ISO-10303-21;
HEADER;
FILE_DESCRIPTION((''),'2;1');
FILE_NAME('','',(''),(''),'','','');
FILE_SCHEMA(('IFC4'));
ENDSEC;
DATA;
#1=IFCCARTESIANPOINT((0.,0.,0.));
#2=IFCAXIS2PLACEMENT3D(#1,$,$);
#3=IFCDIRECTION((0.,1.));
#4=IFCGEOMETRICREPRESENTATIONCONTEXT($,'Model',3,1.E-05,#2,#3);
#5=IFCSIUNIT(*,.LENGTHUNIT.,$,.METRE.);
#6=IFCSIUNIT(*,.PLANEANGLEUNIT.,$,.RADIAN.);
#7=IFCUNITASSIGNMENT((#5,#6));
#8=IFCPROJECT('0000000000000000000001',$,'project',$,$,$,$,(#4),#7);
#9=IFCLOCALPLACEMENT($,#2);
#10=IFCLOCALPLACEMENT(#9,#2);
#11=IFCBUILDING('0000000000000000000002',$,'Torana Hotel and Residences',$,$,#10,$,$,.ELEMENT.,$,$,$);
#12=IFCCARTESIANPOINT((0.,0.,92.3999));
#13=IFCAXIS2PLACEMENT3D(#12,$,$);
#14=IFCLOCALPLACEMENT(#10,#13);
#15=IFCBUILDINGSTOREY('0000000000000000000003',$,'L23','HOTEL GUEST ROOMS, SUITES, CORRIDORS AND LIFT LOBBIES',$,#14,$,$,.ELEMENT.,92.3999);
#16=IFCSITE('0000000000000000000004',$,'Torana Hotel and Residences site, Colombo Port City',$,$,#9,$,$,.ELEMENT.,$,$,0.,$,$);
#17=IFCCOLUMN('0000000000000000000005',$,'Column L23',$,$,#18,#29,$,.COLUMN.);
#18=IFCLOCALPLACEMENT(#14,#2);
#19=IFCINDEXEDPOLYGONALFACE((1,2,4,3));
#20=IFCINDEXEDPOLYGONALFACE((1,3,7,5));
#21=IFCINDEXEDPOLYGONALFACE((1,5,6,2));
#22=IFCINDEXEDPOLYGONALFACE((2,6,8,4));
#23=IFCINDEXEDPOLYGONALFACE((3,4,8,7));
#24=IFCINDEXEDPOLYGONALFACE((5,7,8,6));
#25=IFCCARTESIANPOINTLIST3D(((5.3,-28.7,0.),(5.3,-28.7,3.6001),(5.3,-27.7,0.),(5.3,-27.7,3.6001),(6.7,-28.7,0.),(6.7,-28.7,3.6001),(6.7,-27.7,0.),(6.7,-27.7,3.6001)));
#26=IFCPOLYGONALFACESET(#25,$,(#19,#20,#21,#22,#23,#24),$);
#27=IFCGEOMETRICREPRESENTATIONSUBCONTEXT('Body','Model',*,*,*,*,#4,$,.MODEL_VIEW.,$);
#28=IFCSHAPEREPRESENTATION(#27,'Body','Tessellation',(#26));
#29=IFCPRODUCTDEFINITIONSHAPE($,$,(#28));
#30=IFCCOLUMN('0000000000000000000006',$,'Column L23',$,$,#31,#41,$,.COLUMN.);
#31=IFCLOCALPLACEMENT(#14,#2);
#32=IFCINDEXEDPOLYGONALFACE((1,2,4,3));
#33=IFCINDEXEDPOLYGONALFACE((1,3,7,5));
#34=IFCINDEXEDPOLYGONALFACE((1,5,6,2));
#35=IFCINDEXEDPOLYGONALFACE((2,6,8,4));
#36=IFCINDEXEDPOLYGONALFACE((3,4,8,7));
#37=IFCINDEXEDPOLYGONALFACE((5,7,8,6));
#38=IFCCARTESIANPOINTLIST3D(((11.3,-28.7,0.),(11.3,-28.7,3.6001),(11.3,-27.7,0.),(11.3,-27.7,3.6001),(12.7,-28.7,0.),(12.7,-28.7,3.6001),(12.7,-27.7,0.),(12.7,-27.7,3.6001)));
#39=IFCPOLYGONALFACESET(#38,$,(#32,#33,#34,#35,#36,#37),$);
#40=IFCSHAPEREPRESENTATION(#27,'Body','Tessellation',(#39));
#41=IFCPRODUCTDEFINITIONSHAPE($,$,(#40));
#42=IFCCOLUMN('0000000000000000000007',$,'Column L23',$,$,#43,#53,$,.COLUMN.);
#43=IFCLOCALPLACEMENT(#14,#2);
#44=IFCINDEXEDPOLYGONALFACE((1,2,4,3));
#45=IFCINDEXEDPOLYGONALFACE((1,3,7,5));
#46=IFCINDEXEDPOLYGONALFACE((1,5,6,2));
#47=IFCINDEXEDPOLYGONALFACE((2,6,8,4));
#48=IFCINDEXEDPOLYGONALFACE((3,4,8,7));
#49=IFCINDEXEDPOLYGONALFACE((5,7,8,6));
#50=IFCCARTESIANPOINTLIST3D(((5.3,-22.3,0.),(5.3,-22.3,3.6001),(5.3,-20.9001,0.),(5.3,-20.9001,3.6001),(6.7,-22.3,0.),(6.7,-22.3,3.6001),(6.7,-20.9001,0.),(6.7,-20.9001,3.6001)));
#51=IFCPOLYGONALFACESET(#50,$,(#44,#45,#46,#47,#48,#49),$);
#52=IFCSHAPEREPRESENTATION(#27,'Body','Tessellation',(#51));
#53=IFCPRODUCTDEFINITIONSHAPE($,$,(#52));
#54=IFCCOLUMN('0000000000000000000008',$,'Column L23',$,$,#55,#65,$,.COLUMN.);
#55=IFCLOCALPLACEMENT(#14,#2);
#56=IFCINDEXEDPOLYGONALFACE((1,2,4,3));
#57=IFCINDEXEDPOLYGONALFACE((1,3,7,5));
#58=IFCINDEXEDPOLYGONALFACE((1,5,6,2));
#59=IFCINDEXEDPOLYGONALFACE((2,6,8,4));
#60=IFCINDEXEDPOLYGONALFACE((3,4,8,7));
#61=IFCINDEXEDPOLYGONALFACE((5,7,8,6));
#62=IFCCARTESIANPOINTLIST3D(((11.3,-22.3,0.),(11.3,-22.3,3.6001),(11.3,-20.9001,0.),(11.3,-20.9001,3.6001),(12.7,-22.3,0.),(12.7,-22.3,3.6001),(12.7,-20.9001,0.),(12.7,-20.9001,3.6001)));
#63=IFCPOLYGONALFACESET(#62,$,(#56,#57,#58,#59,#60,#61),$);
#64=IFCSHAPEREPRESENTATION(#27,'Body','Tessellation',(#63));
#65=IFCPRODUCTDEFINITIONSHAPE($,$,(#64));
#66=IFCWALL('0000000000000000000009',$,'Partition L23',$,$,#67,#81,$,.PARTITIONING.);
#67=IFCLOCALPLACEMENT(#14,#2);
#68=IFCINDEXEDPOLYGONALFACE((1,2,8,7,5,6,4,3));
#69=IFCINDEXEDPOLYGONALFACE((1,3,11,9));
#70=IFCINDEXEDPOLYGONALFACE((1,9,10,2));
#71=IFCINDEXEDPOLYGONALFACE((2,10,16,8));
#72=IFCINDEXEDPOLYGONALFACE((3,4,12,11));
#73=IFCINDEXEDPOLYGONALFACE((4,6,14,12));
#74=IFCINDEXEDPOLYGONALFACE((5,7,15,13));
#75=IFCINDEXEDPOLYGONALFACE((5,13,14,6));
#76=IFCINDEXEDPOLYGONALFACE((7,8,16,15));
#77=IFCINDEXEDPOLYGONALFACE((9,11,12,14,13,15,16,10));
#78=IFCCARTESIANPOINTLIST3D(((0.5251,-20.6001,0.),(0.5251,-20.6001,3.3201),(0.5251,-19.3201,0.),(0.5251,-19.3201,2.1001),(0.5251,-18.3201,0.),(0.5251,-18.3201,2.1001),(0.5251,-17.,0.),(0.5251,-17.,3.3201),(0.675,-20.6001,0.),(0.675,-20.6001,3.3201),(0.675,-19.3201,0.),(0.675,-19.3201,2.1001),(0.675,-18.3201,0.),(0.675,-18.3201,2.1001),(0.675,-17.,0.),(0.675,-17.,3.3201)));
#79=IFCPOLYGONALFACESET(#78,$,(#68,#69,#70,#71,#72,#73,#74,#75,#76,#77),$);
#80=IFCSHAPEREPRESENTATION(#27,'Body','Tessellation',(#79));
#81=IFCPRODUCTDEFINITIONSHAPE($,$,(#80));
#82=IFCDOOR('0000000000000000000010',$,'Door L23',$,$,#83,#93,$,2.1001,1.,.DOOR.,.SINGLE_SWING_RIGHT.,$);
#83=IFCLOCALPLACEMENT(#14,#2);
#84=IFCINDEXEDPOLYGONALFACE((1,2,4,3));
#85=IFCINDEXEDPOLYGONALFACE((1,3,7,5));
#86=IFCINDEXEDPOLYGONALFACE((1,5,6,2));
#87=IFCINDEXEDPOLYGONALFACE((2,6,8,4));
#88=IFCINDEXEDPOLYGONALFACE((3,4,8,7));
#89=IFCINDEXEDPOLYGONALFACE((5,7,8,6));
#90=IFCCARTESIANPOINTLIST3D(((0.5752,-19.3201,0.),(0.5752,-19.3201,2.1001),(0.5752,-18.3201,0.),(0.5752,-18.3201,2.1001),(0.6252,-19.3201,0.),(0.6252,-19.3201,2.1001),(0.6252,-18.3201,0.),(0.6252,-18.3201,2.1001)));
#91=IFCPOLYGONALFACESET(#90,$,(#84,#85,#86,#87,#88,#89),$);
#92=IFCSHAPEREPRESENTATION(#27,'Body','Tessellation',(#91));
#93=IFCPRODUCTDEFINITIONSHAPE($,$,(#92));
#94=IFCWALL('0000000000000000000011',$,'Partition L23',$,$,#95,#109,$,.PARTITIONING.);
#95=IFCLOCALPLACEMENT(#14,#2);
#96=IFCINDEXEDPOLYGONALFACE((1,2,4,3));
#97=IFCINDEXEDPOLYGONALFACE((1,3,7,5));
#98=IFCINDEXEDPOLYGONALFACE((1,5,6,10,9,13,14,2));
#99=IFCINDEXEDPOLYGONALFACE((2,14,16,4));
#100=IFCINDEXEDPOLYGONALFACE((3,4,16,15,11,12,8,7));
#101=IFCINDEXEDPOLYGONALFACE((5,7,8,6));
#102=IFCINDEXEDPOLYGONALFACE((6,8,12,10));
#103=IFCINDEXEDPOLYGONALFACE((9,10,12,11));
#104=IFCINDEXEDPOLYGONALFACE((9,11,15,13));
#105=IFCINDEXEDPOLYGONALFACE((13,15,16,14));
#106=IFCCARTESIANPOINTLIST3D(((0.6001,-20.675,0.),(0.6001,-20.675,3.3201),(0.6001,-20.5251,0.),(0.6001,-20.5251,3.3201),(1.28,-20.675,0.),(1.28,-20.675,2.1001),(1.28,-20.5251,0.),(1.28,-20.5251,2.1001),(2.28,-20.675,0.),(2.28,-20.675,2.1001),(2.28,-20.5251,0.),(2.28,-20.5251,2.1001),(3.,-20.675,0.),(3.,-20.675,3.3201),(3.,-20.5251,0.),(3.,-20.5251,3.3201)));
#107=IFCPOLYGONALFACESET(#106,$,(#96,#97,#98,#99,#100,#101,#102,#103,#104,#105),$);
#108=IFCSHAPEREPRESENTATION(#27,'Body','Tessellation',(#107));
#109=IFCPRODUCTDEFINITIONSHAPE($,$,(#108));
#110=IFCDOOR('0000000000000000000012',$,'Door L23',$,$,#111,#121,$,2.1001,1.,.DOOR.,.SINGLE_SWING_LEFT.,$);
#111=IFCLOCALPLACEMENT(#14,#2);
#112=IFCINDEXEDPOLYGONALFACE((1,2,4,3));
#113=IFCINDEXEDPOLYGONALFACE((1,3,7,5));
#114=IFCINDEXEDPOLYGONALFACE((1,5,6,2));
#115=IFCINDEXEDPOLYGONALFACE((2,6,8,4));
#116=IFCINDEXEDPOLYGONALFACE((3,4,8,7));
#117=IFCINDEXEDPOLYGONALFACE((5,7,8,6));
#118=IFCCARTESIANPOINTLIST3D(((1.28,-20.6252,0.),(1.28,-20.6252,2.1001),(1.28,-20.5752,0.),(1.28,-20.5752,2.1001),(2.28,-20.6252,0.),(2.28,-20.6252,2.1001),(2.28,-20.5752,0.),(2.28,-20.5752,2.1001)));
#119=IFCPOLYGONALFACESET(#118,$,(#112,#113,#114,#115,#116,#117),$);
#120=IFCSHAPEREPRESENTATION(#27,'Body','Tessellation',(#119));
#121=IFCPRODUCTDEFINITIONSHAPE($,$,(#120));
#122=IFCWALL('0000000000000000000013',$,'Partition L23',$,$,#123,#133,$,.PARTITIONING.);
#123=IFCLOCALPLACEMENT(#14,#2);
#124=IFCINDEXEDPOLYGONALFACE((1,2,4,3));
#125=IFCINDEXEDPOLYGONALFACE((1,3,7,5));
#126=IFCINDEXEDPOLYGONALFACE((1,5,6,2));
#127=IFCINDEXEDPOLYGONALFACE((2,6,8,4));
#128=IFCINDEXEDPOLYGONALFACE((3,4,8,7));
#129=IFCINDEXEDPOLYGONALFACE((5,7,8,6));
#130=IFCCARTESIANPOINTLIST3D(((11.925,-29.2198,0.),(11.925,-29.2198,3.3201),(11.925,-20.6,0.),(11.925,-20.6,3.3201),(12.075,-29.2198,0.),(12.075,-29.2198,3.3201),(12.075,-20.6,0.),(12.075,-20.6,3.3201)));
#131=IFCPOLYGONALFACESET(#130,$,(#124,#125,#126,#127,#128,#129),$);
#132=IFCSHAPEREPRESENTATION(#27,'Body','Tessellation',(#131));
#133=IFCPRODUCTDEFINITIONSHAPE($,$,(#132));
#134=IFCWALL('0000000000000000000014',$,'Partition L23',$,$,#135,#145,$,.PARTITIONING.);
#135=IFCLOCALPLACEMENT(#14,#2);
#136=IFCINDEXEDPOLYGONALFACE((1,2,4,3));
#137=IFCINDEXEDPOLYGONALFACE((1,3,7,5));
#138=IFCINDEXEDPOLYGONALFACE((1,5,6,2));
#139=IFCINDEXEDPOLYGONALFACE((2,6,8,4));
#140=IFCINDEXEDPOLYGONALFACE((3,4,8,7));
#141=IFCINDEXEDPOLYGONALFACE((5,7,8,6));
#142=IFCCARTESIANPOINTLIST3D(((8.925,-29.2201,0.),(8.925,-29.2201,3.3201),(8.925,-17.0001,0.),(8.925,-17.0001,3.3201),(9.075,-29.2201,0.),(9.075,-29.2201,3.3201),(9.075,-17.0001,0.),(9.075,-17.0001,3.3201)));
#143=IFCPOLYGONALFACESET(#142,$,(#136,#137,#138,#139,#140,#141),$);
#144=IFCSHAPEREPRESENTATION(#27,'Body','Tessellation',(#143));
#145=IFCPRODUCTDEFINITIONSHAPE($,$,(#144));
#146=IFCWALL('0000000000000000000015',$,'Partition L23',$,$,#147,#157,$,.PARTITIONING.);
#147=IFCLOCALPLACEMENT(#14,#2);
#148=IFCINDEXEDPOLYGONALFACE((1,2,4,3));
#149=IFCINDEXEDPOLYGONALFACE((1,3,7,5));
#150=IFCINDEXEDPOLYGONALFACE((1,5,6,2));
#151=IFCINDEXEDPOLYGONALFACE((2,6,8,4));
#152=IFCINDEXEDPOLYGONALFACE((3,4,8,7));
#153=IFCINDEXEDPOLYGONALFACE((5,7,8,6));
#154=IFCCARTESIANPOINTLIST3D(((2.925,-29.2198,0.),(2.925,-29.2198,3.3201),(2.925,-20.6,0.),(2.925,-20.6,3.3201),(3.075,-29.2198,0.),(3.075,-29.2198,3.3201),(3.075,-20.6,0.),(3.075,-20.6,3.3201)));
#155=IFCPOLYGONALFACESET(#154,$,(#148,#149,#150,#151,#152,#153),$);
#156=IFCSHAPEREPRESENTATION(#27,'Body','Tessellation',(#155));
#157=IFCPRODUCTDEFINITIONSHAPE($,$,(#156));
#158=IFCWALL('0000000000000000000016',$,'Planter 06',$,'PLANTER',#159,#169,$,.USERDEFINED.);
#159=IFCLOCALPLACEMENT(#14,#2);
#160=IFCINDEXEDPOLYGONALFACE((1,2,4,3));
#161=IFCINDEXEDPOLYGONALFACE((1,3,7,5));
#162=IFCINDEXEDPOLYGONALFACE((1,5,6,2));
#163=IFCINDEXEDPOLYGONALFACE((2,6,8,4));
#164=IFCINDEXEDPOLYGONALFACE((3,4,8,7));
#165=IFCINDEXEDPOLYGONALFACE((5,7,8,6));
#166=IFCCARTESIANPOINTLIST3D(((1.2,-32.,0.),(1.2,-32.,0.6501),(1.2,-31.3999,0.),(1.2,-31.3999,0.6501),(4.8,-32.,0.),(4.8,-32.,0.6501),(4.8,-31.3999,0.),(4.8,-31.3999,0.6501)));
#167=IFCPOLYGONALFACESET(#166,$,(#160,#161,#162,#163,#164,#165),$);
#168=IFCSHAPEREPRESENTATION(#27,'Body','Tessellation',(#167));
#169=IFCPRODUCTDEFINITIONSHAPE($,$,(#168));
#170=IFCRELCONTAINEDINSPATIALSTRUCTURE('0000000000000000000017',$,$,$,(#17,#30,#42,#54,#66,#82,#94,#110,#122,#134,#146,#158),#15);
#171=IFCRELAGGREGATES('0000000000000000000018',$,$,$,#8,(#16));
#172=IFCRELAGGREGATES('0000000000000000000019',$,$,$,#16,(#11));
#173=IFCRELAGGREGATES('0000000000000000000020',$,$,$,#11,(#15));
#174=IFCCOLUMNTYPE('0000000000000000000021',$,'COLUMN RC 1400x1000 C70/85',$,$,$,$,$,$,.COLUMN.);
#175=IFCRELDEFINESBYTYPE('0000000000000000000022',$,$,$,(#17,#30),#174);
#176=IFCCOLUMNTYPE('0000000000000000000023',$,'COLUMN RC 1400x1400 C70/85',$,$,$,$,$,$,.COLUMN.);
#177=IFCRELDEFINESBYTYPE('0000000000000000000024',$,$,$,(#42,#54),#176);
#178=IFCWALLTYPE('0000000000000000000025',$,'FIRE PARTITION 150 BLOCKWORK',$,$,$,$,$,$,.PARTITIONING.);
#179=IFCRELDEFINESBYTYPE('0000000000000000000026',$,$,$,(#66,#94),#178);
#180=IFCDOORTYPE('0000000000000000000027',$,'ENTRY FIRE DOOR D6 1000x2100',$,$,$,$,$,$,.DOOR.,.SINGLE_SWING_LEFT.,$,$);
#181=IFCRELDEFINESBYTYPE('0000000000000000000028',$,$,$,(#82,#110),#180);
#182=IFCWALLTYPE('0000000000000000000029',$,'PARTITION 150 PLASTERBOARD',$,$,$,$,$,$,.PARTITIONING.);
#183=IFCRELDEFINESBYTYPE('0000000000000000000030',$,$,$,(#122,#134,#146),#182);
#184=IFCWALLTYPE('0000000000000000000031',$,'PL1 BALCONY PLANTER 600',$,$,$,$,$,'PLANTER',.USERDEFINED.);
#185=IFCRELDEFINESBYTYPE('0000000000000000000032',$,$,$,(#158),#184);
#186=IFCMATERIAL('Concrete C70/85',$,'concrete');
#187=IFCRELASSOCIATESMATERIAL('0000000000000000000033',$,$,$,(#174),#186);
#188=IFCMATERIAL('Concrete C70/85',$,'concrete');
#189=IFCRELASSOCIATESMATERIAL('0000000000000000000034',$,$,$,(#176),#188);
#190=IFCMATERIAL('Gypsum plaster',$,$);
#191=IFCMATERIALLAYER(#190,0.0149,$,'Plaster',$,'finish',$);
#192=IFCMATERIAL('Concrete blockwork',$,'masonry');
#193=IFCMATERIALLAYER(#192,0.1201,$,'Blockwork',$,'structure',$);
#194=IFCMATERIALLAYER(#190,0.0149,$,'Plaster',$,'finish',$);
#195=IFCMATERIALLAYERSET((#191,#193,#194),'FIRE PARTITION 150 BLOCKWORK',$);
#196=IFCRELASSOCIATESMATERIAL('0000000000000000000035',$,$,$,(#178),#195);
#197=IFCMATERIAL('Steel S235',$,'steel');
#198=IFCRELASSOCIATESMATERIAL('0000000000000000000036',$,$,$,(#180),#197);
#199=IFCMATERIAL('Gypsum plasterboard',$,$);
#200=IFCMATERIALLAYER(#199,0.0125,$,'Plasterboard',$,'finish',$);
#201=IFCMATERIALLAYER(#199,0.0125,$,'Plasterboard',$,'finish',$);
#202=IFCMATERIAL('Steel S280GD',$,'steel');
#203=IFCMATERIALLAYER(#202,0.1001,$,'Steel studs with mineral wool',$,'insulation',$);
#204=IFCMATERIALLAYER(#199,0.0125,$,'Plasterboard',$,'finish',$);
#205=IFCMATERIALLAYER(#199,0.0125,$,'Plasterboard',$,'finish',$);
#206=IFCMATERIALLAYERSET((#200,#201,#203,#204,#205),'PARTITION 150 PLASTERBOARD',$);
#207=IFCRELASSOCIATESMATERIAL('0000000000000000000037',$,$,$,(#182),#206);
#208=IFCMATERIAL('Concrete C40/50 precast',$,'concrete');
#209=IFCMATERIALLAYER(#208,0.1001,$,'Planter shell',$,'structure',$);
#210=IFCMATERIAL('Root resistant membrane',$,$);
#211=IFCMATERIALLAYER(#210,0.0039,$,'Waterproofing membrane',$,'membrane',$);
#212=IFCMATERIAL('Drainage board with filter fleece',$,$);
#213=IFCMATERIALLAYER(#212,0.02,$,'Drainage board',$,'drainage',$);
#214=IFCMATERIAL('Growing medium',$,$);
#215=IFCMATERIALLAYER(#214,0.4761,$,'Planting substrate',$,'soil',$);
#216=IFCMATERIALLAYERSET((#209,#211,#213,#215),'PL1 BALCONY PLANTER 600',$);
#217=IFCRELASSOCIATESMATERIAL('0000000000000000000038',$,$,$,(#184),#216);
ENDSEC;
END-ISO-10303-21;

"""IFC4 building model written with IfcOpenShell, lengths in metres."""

from ifc_helpers import new_model, si_unit, direction, frame, frame_2d, origin, origin_2d, place, context, subcontext, project, spatial, rectangle, extrude, material, layer, layer_set, material_profile, profile_set, type_object, element, fill, save


model = new_model("IFC4")

# Units and contexts
model_context = context("Model", 3, precision=1e-05, world=origin(), true_north=direction((0.0, 1.0)))
body_context = subcontext(model_context, "Body", "Model", "MODEL_VIEW")
ifc_project = project(units=[si_unit("LENGTHUNIT", "METRE"), si_unit("PLANEANGLEUNIT", "RADIAN")], contexts=[model_context])

# Site, building, storey
site_placement = place(None, origin())
site = spatial("IfcSite", under=ifc_project, at=site_placement, Name="Torana Hotel and Residences site, Colombo Port City", CompositionType="ELEMENT", RefElevation=0.0)
building_placement = place(site_placement, origin())
building = spatial("IfcBuilding", under=site, at=building_placement, Name="Torana Hotel and Residences", CompositionType="ELEMENT")
storey_placement = place(building_placement, frame((0.0, 0.0, 92.3999)))
storey = spatial("IfcBuildingStorey", under=building, at=storey_placement, Name="L23", Description="HOTEL GUEST ROOMS, SUITES, CORRIDORS AND LIFT LOBBIES", CompositionType="ELEMENT", Elevation=92.3999)

# Columns
ifc_material_1 = material(Name="Concrete C70/85", Category="concrete")
ifc_material_profile_1 = material_profile(ifc_material_1, rectangle(XDim=1.3999, YDim=1.0, at=origin_2d()), Name="RC 1400x1000")
ifc_profile_set_1 = profile_set([ifc_material_profile_1], Name="Concrete C70/85")
column_type_1 = type_object("IfcColumnType", Name="COLUMN RC 1400x1000 C70/85", PredefinedType="COLUMN", material=ifc_profile_set_1)
for number, where, z_axis, x_axis, name in (
    (1, (6.0, -28.2, 0.0), (0.0, 0.0, 1.0), (1.0, 0.0, 0.0), "Column L23"),
    (2, (12.0, -28.2, 0.0), (0.0, 0.0, 1.0), (1.0, 0.0, 0.0), "Column L23"),
):
    element("IfcColumn", number, at=place(storey_placement, frame(where, z_axis=z_axis, x_axis=x_axis)), inside=storey, type_object=column_type_1, Name=name, PredefinedType="COLUMN", context=body_context, shape_type="SweptSolid", body=[
        extrude(rectangle(XDim=1.3999, YDim=1.0, at=origin_2d()), origin(), (0.0, 0.0, 1.0), 3.6001),
    ])
ifc_material_2 = material(Name="Concrete C70/85", Category="concrete")
ifc_material_profile_2 = material_profile(ifc_material_2, rectangle(XDim=1.3999, YDim=1.3999, at=origin_2d()), Name="RC 1400x1400")
ifc_profile_set_2 = profile_set([ifc_material_profile_2], Name="Concrete C70/85")
column_type_2 = type_object("IfcColumnType", Name="COLUMN RC 1400x1400 C70/85", PredefinedType="COLUMN", material=ifc_profile_set_2)
for number, where, z_axis, x_axis, name in (
    (3, (6.0, -21.6001, 0.0), (0.0, 0.0, 1.0), (1.0, 0.0, 0.0), "Column L23"),
    (4, (12.0, -21.6001, 0.0), (0.0, 0.0, 1.0), (1.0, 0.0, 0.0), "Column L23"),
):
    element("IfcColumn", number, at=place(storey_placement, frame(where, z_axis=z_axis, x_axis=x_axis)), inside=storey, type_object=column_type_2, Name=name, PredefinedType="COLUMN", context=body_context, shape_type="SweptSolid", body=[
        extrude(rectangle(XDim=1.3999, YDim=1.3999, at=origin_2d()), origin(), (0.0, 0.0, 1.0), 3.6001),
    ])

# Walls, openings, doors
ifc_material_3 = material(Name="Gypsum plaster")
ifc_layer_1 = layer(ifc_material_3, 0.0149, Name="Plaster", Category="finish")
ifc_material_4 = material(Name="Concrete blockwork", Category="masonry")
ifc_layer_2 = layer(ifc_material_4, 0.1201, Name="Blockwork", Category="structure")
ifc_layer_3 = layer(ifc_material_3, 0.0149, Name="Plaster", Category="finish")
ifc_layer_set_1 = layer_set([ifc_layer_1, ifc_layer_2, ifc_layer_3], Name="FIRE PARTITION 150 BLOCKWORK")
wall_type_1 = type_object("IfcWallType", Name="FIRE PARTITION 150 BLOCKWORK", PredefinedType="PARTITIONING", material=ifc_layer_set_1)
wall_1_placement = place(storey_placement, frame((0.6001, -20.6001, 0.0), z_axis=(0.0, 0.0, 1.0), x_axis=(0.0, 1.0, 0.0)))
wall_1 = element("IfcWall", 5, at=wall_1_placement, inside=storey, type_object=wall_type_1, Name="Partition L23", PredefinedType="PARTITIONING", context=body_context, shape_type="SweptSolid", body=[
    extrude(rectangle(XDim=3.6001, YDim=0.1499, at=frame_2d((1.8, 0.0))), origin(), (0.0, 0.0, 1.0), 3.3201),
])
opening_1_placement = place(wall_1_placement, frame((1.28, 0.0, 0.0)))
opening_1 = element("IfcOpeningElement", 6, at=opening_1_placement, cuts=wall_1, PredefinedType="OPENING", context=body_context, shape_type="SweptSolid", body=[
    extrude(rectangle(XDim=1.0, YDim=2.1001, at=frame_2d((0.5, 1.05))), frame((0.0, 0.085, 0.0), z_axis=(0.0, -1.0, 0.0), x_axis=(1.0, 0.0, 0.0)), (0.0, 0.0, 1.0), 0.1699),
])
ifc_material_5 = material(Name="Steel S235", Category="steel")
door_type = type_object("IfcDoorType", Name="ENTRY FIRE DOOR D6 1000x2100", OperationType="SINGLE_SWING_LEFT", PredefinedType="DOOR", material=ifc_material_5)
door_1_placement = place(opening_1_placement, origin())
door_1 = element("IfcDoor", 7, at=door_1_placement, inside=storey, type_object=door_type, Name="Door L23", OperationType="SINGLE_SWING_RIGHT", OverallHeight=2.1001, OverallWidth=1.0, PredefinedType="DOOR", context=body_context, shape_type="SweptSolid", body=[
    extrude(rectangle(XDim=1.0, YDim=2.1001, at=frame_2d((0.5, 1.05))), frame((0.0, 0.0249, 0.0), z_axis=(0.0, -1.0, 0.0), x_axis=(1.0, 0.0, 0.0)), (0.0, 0.0, 1.0), 0.05),
])
fill(opening_1, door_1)
wall_2_placement = place(storey_placement, frame((0.6001, -20.6001, 0.0), z_axis=(0.0, 0.0, 1.0), x_axis=(1.0, 0.0, 0.0)))
wall_2 = element("IfcWall", 8, at=wall_2_placement, inside=storey, type_object=wall_type_1, Name="Partition L23", PredefinedType="PARTITIONING", context=body_context, shape_type="SweptSolid", body=[
    extrude(rectangle(XDim=2.3999, YDim=0.1499, at=frame_2d((1.2, 0.0))), origin(), (0.0, 0.0, 1.0), 3.3201),
])
opening_2_placement = place(wall_2_placement, frame((0.6799, 0.0, 0.0)))
opening_2 = element("IfcOpeningElement", 9, at=opening_2_placement, cuts=wall_2, PredefinedType="OPENING", context=body_context, shape_type="SweptSolid", body=[
    extrude(rectangle(XDim=1.0, YDim=2.1001, at=frame_2d((0.5, 1.05))), frame((0.0, 0.085, 0.0), z_axis=(0.0, -1.0, 0.0), x_axis=(1.0, 0.0, 0.0)), (0.0, 0.0, 1.0), 0.1699),
])
door_2_placement = place(opening_2_placement, frame((0.5, 0.0, 0.0), z_axis=(0.0, 0.0, 1.0), x_axis=(-1.0, 0.0, 0.0)))
door_2 = element("IfcDoor", 10, at=door_2_placement, inside=storey, type_object=door_type, Name="Door L23", OperationType="SINGLE_SWING_LEFT", OverallHeight=2.1001, OverallWidth=1.0, PredefinedType="DOOR", context=body_context, shape_type="SweptSolid", body=[
    extrude(rectangle(XDim=1.0, YDim=2.1001, at=frame_2d((0.0, 1.05))), frame((0.0, -0.0249, 0.0), z_axis=(0.0, 1.0, 0.0), x_axis=(-1.0, 0.0, 0.0)), (0.0, 0.0, 1.0), 0.05),
])
fill(opening_2, door_2)

# Walls
ifc_material_6 = material(Name="Gypsum plasterboard")
ifc_layer_4 = layer(ifc_material_6, 0.0125, Name="Plasterboard", Category="finish")
ifc_layer_5 = layer(ifc_material_6, 0.0125, Name="Plasterboard", Category="finish")
ifc_material_7 = material(Name="Steel S280GD", Category="steel")
ifc_layer_6 = layer(ifc_material_7, 0.1001, Name="Steel studs with mineral wool", Category="insulation")
ifc_layer_7 = layer(ifc_material_6, 0.0125, Name="Plasterboard", Category="finish")
ifc_layer_8 = layer(ifc_material_6, 0.0125, Name="Plasterboard", Category="finish")
ifc_layer_set_2 = layer_set([ifc_layer_4, ifc_layer_5, ifc_layer_6, ifc_layer_7, ifc_layer_8], Name="PARTITION 150 PLASTERBOARD")
wall_type_2 = type_object("IfcWallType", Name="PARTITION 150 PLASTERBOARD", PredefinedType="PARTITIONING", material=ifc_layer_set_2)
wall_3_placement = place(storey_placement, frame((12.0, -29.22, 0.0), z_axis=(0.0, 0.0, 1.0), x_axis=(0.0, 1.0, 0.0)))
element("IfcWall", 11, at=wall_3_placement, inside=storey, type_object=wall_type_2, Name="Partition L23", PredefinedType="PARTITIONING", context=body_context, shape_type="SweptSolid", body=[
    extrude(rectangle(XDim=8.6199, YDim=0.1499, at=frame_2d((4.3101, 0.0))), origin(), (0.0, 0.0, 1.0), 3.3201),
])
wall_4_placement = place(storey_placement, frame((9.0, -29.22, 0.0), z_axis=(0.0, 0.0, 1.0), x_axis=(0.0, 1.0, 0.0)))
element("IfcWall", 12, at=wall_4_placement, inside=storey, type_object=wall_type_2, Name="Partition L23", PredefinedType="PARTITIONING", context=body_context, shape_type="SweptSolid", body=[
    extrude(rectangle(XDim=12.22, YDim=0.1499, at=frame_2d((6.1099, 0.0))), origin(), (0.0, 0.0, 1.0), 3.3201),
])
wall_5_placement = place(storey_placement, frame((3.0, -29.22, 0.0), z_axis=(0.0, 0.0, 1.0), x_axis=(0.0, 1.0, 0.0)))
element("IfcWall", 13, at=wall_5_placement, inside=storey, type_object=wall_type_2, Name="Partition L23", PredefinedType="PARTITIONING", context=body_context, shape_type="SweptSolid", body=[
    extrude(rectangle(XDim=8.6199, YDim=0.1499, at=frame_2d((4.3101, 0.0))), origin(), (0.0, 0.0, 1.0), 3.3201),
])
ifc_material_8 = material(Name="Concrete C40/50 precast", Category="concrete")
ifc_layer_9 = layer(ifc_material_8, 0.1001, Name="Planter shell", Category="structure")
ifc_material_9 = material(Name="Root resistant membrane")
ifc_layer_10 = layer(ifc_material_9, 0.0039, Name="Waterproofing membrane", Category="membrane")
ifc_material_10 = material(Name="Drainage board with filter fleece")
ifc_layer_11 = layer(ifc_material_10, 0.02, Name="Drainage board", Category="drainage")
ifc_material_11 = material(Name="Growing medium")
ifc_layer_12 = layer(ifc_material_11, 0.4761, Name="Planting substrate", Category="soil")
ifc_layer_set_3 = layer_set([ifc_layer_9, ifc_layer_10, ifc_layer_11, ifc_layer_12], Name="PL1 BALCONY PLANTER 600")
wall_type_3 = type_object("IfcWallType", Name="PL1 BALCONY PLANTER 600", ElementType="PLANTER", PredefinedType="USERDEFINED", material=ifc_layer_set_3)
for number, where, z_axis, x_axis, name in (
    (14, (4.8, -31.7, 0.0), (0.0, 0.0, 1.0), (-1.0, 0.0, 0.0), "Planter 06"),
):
    element("IfcWall", number, at=place(storey_placement, frame(where, z_axis=z_axis, x_axis=x_axis)), inside=storey, type_object=wall_type_3, Name=name, ObjectType="PLANTER", PredefinedType="USERDEFINED", context=body_context, shape_type="SweptSolid", body=[
        extrude(rectangle(XDim=3.6001, YDim=0.6001, at=frame_2d((1.8, 0.0))), origin(), (0.0, 0.0, 1.0), 0.6501),
    ])

save(model, "model.ifc")
